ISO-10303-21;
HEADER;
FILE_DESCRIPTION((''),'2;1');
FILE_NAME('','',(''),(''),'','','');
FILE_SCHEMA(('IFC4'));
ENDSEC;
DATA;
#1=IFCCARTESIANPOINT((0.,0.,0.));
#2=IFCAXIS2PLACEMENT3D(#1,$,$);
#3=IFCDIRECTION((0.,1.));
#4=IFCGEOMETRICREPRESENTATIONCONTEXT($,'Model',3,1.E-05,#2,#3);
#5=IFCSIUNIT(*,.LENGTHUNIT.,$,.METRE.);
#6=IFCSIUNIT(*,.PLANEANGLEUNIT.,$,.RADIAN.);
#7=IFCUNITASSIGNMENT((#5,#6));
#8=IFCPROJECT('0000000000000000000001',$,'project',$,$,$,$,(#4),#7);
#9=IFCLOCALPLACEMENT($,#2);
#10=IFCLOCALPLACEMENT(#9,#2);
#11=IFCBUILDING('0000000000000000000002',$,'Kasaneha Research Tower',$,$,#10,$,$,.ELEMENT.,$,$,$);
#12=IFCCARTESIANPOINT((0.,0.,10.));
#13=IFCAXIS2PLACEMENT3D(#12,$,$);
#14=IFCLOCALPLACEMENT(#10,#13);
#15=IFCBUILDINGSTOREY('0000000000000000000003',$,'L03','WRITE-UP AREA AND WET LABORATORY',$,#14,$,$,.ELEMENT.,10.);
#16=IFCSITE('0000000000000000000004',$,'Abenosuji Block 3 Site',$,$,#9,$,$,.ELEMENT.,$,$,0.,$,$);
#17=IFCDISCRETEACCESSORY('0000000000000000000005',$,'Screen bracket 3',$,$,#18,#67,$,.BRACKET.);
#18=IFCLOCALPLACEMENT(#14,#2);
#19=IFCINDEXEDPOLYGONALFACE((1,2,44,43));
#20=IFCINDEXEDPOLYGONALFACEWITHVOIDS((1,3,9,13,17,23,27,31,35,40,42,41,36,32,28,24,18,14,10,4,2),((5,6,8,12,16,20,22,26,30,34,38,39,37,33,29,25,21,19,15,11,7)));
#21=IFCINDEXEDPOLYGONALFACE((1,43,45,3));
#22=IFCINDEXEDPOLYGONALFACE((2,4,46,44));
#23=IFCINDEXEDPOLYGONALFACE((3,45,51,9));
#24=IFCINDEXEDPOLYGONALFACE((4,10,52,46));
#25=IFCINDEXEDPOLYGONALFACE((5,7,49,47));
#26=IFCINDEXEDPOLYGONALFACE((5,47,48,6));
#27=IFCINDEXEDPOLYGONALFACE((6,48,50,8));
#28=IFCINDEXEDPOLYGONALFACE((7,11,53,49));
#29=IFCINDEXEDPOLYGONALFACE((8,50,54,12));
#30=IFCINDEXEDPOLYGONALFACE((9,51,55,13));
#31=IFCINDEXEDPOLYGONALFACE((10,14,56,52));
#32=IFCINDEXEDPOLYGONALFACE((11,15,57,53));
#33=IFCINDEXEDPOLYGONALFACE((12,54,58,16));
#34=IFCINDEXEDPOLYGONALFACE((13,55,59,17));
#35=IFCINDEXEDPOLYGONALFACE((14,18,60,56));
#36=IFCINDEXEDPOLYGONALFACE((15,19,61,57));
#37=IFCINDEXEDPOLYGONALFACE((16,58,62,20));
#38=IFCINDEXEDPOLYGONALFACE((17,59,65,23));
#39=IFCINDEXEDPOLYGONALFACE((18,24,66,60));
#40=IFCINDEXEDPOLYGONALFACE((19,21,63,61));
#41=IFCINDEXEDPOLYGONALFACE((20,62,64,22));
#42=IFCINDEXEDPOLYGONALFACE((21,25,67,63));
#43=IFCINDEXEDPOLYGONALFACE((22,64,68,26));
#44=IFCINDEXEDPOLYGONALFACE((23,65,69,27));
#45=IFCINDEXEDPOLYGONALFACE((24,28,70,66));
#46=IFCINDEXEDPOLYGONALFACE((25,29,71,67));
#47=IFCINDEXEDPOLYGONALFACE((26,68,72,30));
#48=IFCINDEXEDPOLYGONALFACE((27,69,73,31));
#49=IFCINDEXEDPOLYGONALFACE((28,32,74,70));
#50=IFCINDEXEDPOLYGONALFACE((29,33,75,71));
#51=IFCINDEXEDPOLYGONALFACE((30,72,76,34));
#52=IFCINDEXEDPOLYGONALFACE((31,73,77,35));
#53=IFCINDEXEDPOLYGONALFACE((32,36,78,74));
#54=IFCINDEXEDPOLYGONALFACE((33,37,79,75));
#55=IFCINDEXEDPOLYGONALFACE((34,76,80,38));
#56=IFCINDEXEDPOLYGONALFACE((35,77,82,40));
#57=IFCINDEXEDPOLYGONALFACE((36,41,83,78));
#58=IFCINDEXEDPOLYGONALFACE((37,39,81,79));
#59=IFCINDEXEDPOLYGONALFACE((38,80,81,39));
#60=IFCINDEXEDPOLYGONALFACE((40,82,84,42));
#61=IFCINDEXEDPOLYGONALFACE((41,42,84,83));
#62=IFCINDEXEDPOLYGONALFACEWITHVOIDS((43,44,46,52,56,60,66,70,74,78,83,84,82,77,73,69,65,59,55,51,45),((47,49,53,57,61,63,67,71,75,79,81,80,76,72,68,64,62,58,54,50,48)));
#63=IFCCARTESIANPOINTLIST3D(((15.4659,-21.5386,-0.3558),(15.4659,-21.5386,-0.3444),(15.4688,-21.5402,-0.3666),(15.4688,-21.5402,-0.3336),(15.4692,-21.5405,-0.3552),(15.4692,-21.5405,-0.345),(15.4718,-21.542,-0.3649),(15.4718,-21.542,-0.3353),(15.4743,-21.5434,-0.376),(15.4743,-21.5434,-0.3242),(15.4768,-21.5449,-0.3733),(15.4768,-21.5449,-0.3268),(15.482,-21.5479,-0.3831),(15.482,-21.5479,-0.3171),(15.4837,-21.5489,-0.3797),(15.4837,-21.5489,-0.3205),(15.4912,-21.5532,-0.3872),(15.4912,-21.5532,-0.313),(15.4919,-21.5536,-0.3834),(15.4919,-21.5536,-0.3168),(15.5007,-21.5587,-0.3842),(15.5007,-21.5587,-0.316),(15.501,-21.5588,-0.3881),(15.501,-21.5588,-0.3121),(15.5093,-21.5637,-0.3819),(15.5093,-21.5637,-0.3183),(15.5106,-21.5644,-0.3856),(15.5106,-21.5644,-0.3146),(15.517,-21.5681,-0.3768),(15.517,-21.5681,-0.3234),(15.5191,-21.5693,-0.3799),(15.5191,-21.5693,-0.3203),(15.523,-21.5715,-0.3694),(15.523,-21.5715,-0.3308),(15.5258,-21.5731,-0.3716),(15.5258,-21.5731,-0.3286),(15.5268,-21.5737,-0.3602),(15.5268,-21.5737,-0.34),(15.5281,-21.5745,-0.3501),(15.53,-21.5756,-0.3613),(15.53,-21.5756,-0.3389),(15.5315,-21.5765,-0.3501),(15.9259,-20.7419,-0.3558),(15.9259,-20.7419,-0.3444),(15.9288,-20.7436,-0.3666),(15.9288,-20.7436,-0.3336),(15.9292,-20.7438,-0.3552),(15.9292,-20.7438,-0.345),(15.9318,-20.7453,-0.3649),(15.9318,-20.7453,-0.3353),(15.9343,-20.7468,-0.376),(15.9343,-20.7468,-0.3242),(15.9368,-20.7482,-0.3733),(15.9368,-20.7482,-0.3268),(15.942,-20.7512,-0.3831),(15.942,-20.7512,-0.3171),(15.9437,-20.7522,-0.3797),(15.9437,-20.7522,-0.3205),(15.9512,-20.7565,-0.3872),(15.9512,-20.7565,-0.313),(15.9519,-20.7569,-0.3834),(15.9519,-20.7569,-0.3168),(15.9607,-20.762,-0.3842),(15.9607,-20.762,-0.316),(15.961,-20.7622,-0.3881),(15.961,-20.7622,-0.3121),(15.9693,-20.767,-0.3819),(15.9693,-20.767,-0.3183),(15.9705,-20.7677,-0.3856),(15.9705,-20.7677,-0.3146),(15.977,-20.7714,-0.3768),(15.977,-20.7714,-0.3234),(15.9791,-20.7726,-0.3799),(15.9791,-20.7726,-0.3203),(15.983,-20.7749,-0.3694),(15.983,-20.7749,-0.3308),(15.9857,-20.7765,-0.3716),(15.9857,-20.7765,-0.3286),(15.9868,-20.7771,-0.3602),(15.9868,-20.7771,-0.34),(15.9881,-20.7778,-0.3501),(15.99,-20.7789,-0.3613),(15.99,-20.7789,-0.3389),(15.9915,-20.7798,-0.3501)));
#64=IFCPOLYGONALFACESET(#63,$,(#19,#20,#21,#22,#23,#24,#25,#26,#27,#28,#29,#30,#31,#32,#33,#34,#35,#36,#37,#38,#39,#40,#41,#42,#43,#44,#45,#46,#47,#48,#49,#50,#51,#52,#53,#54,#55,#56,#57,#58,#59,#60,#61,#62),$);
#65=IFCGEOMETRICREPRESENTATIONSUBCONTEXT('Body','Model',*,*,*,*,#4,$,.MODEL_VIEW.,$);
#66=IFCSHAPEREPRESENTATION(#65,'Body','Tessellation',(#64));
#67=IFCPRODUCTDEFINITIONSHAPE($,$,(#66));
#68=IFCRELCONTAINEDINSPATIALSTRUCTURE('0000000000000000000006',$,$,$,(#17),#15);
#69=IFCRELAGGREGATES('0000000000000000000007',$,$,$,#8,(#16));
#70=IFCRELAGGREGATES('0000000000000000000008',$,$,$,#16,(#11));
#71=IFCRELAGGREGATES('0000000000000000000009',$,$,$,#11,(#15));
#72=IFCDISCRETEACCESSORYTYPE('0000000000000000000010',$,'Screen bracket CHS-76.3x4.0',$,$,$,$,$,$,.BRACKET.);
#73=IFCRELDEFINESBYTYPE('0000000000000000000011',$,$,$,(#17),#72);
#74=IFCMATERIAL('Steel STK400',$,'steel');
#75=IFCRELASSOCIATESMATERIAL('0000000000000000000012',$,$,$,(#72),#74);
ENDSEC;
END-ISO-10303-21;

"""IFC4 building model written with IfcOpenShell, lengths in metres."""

from ifc_helpers import new_model, si_unit, direction, frame, origin, origin_2d, place, context, subcontext, project, spatial, hollow_circle, extrude, material, material_profile, profile_set, type_object, element, save


model = new_model("IFC4")

# Units and contexts
model_context = context("Model", 3, precision=1e-05, world=origin(), true_north=direction((0.0, 1.0)))
body_context = subcontext(model_context, "Body", "Model", "MODEL_VIEW")
ifc_project = project(units=[si_unit("LENGTHUNIT", "METRE"), si_unit("PLANEANGLEUNIT", "RADIAN")], contexts=[model_context])

# Site, building, storey
site_placement = place(None, origin())
site = spatial("IfcSite", under=ifc_project, at=site_placement, Name="Abenosuji Block 3 Site", CompositionType="ELEMENT", RefElevation=0.0)
building_placement = place(site_placement, origin())
building = spatial("IfcBuilding", under=site, at=building_placement, Name="Kasaneha Research Tower", CompositionType="ELEMENT")
storey_placement = place(building_placement, frame((0.0, 0.0, 10.0)))
storey = spatial("IfcBuildingStorey", under=building, at=storey_placement, Name="L03", Description="WRITE-UP AREA AND WET LABORATORY", CompositionType="ELEMENT", Elevation=10.0)

# Discrete accessory
ifc_material_1 = material(Name="Steel STK400", Category="steel")
ifc_material_profile_1 = material_profile(ifc_material_1, hollow_circle(Radius=0.0381, WallThickness=0.0039, at=origin_2d()), Name="CHS-76.3x4.0")
ifc_profile_set_1 = profile_set([ifc_material_profile_1], Name="Steel STK400")
discrete_accessory_type = type_object("IfcDiscreteAccessoryType", Name="Screen bracket CHS-76.3x4.0", PredefinedType="BRACKET", material=ifc_profile_set_1)
discrete_accessory_1_placement = place(storey_placement, frame((15.9585, -20.7607, -0.3501), z_axis=(-0.500021, -0.866013, 0.0), x_axis=(0.866013, -0.500021, 0.0)))
element("IfcDiscreteAccessory", 1, at=discrete_accessory_1_placement, inside=storey, type_object=discrete_accessory_type, Name="Screen bracket 3", PredefinedType="BRACKET", context=body_context, shape_type="SweptSolid", body=[
    extrude(hollow_circle(Radius=0.0381, WallThickness=0.0039, at=origin_2d()), origin(), (0.0, 0.0, 1.0), 0.9199),
])

save(model, "model.ifc")
